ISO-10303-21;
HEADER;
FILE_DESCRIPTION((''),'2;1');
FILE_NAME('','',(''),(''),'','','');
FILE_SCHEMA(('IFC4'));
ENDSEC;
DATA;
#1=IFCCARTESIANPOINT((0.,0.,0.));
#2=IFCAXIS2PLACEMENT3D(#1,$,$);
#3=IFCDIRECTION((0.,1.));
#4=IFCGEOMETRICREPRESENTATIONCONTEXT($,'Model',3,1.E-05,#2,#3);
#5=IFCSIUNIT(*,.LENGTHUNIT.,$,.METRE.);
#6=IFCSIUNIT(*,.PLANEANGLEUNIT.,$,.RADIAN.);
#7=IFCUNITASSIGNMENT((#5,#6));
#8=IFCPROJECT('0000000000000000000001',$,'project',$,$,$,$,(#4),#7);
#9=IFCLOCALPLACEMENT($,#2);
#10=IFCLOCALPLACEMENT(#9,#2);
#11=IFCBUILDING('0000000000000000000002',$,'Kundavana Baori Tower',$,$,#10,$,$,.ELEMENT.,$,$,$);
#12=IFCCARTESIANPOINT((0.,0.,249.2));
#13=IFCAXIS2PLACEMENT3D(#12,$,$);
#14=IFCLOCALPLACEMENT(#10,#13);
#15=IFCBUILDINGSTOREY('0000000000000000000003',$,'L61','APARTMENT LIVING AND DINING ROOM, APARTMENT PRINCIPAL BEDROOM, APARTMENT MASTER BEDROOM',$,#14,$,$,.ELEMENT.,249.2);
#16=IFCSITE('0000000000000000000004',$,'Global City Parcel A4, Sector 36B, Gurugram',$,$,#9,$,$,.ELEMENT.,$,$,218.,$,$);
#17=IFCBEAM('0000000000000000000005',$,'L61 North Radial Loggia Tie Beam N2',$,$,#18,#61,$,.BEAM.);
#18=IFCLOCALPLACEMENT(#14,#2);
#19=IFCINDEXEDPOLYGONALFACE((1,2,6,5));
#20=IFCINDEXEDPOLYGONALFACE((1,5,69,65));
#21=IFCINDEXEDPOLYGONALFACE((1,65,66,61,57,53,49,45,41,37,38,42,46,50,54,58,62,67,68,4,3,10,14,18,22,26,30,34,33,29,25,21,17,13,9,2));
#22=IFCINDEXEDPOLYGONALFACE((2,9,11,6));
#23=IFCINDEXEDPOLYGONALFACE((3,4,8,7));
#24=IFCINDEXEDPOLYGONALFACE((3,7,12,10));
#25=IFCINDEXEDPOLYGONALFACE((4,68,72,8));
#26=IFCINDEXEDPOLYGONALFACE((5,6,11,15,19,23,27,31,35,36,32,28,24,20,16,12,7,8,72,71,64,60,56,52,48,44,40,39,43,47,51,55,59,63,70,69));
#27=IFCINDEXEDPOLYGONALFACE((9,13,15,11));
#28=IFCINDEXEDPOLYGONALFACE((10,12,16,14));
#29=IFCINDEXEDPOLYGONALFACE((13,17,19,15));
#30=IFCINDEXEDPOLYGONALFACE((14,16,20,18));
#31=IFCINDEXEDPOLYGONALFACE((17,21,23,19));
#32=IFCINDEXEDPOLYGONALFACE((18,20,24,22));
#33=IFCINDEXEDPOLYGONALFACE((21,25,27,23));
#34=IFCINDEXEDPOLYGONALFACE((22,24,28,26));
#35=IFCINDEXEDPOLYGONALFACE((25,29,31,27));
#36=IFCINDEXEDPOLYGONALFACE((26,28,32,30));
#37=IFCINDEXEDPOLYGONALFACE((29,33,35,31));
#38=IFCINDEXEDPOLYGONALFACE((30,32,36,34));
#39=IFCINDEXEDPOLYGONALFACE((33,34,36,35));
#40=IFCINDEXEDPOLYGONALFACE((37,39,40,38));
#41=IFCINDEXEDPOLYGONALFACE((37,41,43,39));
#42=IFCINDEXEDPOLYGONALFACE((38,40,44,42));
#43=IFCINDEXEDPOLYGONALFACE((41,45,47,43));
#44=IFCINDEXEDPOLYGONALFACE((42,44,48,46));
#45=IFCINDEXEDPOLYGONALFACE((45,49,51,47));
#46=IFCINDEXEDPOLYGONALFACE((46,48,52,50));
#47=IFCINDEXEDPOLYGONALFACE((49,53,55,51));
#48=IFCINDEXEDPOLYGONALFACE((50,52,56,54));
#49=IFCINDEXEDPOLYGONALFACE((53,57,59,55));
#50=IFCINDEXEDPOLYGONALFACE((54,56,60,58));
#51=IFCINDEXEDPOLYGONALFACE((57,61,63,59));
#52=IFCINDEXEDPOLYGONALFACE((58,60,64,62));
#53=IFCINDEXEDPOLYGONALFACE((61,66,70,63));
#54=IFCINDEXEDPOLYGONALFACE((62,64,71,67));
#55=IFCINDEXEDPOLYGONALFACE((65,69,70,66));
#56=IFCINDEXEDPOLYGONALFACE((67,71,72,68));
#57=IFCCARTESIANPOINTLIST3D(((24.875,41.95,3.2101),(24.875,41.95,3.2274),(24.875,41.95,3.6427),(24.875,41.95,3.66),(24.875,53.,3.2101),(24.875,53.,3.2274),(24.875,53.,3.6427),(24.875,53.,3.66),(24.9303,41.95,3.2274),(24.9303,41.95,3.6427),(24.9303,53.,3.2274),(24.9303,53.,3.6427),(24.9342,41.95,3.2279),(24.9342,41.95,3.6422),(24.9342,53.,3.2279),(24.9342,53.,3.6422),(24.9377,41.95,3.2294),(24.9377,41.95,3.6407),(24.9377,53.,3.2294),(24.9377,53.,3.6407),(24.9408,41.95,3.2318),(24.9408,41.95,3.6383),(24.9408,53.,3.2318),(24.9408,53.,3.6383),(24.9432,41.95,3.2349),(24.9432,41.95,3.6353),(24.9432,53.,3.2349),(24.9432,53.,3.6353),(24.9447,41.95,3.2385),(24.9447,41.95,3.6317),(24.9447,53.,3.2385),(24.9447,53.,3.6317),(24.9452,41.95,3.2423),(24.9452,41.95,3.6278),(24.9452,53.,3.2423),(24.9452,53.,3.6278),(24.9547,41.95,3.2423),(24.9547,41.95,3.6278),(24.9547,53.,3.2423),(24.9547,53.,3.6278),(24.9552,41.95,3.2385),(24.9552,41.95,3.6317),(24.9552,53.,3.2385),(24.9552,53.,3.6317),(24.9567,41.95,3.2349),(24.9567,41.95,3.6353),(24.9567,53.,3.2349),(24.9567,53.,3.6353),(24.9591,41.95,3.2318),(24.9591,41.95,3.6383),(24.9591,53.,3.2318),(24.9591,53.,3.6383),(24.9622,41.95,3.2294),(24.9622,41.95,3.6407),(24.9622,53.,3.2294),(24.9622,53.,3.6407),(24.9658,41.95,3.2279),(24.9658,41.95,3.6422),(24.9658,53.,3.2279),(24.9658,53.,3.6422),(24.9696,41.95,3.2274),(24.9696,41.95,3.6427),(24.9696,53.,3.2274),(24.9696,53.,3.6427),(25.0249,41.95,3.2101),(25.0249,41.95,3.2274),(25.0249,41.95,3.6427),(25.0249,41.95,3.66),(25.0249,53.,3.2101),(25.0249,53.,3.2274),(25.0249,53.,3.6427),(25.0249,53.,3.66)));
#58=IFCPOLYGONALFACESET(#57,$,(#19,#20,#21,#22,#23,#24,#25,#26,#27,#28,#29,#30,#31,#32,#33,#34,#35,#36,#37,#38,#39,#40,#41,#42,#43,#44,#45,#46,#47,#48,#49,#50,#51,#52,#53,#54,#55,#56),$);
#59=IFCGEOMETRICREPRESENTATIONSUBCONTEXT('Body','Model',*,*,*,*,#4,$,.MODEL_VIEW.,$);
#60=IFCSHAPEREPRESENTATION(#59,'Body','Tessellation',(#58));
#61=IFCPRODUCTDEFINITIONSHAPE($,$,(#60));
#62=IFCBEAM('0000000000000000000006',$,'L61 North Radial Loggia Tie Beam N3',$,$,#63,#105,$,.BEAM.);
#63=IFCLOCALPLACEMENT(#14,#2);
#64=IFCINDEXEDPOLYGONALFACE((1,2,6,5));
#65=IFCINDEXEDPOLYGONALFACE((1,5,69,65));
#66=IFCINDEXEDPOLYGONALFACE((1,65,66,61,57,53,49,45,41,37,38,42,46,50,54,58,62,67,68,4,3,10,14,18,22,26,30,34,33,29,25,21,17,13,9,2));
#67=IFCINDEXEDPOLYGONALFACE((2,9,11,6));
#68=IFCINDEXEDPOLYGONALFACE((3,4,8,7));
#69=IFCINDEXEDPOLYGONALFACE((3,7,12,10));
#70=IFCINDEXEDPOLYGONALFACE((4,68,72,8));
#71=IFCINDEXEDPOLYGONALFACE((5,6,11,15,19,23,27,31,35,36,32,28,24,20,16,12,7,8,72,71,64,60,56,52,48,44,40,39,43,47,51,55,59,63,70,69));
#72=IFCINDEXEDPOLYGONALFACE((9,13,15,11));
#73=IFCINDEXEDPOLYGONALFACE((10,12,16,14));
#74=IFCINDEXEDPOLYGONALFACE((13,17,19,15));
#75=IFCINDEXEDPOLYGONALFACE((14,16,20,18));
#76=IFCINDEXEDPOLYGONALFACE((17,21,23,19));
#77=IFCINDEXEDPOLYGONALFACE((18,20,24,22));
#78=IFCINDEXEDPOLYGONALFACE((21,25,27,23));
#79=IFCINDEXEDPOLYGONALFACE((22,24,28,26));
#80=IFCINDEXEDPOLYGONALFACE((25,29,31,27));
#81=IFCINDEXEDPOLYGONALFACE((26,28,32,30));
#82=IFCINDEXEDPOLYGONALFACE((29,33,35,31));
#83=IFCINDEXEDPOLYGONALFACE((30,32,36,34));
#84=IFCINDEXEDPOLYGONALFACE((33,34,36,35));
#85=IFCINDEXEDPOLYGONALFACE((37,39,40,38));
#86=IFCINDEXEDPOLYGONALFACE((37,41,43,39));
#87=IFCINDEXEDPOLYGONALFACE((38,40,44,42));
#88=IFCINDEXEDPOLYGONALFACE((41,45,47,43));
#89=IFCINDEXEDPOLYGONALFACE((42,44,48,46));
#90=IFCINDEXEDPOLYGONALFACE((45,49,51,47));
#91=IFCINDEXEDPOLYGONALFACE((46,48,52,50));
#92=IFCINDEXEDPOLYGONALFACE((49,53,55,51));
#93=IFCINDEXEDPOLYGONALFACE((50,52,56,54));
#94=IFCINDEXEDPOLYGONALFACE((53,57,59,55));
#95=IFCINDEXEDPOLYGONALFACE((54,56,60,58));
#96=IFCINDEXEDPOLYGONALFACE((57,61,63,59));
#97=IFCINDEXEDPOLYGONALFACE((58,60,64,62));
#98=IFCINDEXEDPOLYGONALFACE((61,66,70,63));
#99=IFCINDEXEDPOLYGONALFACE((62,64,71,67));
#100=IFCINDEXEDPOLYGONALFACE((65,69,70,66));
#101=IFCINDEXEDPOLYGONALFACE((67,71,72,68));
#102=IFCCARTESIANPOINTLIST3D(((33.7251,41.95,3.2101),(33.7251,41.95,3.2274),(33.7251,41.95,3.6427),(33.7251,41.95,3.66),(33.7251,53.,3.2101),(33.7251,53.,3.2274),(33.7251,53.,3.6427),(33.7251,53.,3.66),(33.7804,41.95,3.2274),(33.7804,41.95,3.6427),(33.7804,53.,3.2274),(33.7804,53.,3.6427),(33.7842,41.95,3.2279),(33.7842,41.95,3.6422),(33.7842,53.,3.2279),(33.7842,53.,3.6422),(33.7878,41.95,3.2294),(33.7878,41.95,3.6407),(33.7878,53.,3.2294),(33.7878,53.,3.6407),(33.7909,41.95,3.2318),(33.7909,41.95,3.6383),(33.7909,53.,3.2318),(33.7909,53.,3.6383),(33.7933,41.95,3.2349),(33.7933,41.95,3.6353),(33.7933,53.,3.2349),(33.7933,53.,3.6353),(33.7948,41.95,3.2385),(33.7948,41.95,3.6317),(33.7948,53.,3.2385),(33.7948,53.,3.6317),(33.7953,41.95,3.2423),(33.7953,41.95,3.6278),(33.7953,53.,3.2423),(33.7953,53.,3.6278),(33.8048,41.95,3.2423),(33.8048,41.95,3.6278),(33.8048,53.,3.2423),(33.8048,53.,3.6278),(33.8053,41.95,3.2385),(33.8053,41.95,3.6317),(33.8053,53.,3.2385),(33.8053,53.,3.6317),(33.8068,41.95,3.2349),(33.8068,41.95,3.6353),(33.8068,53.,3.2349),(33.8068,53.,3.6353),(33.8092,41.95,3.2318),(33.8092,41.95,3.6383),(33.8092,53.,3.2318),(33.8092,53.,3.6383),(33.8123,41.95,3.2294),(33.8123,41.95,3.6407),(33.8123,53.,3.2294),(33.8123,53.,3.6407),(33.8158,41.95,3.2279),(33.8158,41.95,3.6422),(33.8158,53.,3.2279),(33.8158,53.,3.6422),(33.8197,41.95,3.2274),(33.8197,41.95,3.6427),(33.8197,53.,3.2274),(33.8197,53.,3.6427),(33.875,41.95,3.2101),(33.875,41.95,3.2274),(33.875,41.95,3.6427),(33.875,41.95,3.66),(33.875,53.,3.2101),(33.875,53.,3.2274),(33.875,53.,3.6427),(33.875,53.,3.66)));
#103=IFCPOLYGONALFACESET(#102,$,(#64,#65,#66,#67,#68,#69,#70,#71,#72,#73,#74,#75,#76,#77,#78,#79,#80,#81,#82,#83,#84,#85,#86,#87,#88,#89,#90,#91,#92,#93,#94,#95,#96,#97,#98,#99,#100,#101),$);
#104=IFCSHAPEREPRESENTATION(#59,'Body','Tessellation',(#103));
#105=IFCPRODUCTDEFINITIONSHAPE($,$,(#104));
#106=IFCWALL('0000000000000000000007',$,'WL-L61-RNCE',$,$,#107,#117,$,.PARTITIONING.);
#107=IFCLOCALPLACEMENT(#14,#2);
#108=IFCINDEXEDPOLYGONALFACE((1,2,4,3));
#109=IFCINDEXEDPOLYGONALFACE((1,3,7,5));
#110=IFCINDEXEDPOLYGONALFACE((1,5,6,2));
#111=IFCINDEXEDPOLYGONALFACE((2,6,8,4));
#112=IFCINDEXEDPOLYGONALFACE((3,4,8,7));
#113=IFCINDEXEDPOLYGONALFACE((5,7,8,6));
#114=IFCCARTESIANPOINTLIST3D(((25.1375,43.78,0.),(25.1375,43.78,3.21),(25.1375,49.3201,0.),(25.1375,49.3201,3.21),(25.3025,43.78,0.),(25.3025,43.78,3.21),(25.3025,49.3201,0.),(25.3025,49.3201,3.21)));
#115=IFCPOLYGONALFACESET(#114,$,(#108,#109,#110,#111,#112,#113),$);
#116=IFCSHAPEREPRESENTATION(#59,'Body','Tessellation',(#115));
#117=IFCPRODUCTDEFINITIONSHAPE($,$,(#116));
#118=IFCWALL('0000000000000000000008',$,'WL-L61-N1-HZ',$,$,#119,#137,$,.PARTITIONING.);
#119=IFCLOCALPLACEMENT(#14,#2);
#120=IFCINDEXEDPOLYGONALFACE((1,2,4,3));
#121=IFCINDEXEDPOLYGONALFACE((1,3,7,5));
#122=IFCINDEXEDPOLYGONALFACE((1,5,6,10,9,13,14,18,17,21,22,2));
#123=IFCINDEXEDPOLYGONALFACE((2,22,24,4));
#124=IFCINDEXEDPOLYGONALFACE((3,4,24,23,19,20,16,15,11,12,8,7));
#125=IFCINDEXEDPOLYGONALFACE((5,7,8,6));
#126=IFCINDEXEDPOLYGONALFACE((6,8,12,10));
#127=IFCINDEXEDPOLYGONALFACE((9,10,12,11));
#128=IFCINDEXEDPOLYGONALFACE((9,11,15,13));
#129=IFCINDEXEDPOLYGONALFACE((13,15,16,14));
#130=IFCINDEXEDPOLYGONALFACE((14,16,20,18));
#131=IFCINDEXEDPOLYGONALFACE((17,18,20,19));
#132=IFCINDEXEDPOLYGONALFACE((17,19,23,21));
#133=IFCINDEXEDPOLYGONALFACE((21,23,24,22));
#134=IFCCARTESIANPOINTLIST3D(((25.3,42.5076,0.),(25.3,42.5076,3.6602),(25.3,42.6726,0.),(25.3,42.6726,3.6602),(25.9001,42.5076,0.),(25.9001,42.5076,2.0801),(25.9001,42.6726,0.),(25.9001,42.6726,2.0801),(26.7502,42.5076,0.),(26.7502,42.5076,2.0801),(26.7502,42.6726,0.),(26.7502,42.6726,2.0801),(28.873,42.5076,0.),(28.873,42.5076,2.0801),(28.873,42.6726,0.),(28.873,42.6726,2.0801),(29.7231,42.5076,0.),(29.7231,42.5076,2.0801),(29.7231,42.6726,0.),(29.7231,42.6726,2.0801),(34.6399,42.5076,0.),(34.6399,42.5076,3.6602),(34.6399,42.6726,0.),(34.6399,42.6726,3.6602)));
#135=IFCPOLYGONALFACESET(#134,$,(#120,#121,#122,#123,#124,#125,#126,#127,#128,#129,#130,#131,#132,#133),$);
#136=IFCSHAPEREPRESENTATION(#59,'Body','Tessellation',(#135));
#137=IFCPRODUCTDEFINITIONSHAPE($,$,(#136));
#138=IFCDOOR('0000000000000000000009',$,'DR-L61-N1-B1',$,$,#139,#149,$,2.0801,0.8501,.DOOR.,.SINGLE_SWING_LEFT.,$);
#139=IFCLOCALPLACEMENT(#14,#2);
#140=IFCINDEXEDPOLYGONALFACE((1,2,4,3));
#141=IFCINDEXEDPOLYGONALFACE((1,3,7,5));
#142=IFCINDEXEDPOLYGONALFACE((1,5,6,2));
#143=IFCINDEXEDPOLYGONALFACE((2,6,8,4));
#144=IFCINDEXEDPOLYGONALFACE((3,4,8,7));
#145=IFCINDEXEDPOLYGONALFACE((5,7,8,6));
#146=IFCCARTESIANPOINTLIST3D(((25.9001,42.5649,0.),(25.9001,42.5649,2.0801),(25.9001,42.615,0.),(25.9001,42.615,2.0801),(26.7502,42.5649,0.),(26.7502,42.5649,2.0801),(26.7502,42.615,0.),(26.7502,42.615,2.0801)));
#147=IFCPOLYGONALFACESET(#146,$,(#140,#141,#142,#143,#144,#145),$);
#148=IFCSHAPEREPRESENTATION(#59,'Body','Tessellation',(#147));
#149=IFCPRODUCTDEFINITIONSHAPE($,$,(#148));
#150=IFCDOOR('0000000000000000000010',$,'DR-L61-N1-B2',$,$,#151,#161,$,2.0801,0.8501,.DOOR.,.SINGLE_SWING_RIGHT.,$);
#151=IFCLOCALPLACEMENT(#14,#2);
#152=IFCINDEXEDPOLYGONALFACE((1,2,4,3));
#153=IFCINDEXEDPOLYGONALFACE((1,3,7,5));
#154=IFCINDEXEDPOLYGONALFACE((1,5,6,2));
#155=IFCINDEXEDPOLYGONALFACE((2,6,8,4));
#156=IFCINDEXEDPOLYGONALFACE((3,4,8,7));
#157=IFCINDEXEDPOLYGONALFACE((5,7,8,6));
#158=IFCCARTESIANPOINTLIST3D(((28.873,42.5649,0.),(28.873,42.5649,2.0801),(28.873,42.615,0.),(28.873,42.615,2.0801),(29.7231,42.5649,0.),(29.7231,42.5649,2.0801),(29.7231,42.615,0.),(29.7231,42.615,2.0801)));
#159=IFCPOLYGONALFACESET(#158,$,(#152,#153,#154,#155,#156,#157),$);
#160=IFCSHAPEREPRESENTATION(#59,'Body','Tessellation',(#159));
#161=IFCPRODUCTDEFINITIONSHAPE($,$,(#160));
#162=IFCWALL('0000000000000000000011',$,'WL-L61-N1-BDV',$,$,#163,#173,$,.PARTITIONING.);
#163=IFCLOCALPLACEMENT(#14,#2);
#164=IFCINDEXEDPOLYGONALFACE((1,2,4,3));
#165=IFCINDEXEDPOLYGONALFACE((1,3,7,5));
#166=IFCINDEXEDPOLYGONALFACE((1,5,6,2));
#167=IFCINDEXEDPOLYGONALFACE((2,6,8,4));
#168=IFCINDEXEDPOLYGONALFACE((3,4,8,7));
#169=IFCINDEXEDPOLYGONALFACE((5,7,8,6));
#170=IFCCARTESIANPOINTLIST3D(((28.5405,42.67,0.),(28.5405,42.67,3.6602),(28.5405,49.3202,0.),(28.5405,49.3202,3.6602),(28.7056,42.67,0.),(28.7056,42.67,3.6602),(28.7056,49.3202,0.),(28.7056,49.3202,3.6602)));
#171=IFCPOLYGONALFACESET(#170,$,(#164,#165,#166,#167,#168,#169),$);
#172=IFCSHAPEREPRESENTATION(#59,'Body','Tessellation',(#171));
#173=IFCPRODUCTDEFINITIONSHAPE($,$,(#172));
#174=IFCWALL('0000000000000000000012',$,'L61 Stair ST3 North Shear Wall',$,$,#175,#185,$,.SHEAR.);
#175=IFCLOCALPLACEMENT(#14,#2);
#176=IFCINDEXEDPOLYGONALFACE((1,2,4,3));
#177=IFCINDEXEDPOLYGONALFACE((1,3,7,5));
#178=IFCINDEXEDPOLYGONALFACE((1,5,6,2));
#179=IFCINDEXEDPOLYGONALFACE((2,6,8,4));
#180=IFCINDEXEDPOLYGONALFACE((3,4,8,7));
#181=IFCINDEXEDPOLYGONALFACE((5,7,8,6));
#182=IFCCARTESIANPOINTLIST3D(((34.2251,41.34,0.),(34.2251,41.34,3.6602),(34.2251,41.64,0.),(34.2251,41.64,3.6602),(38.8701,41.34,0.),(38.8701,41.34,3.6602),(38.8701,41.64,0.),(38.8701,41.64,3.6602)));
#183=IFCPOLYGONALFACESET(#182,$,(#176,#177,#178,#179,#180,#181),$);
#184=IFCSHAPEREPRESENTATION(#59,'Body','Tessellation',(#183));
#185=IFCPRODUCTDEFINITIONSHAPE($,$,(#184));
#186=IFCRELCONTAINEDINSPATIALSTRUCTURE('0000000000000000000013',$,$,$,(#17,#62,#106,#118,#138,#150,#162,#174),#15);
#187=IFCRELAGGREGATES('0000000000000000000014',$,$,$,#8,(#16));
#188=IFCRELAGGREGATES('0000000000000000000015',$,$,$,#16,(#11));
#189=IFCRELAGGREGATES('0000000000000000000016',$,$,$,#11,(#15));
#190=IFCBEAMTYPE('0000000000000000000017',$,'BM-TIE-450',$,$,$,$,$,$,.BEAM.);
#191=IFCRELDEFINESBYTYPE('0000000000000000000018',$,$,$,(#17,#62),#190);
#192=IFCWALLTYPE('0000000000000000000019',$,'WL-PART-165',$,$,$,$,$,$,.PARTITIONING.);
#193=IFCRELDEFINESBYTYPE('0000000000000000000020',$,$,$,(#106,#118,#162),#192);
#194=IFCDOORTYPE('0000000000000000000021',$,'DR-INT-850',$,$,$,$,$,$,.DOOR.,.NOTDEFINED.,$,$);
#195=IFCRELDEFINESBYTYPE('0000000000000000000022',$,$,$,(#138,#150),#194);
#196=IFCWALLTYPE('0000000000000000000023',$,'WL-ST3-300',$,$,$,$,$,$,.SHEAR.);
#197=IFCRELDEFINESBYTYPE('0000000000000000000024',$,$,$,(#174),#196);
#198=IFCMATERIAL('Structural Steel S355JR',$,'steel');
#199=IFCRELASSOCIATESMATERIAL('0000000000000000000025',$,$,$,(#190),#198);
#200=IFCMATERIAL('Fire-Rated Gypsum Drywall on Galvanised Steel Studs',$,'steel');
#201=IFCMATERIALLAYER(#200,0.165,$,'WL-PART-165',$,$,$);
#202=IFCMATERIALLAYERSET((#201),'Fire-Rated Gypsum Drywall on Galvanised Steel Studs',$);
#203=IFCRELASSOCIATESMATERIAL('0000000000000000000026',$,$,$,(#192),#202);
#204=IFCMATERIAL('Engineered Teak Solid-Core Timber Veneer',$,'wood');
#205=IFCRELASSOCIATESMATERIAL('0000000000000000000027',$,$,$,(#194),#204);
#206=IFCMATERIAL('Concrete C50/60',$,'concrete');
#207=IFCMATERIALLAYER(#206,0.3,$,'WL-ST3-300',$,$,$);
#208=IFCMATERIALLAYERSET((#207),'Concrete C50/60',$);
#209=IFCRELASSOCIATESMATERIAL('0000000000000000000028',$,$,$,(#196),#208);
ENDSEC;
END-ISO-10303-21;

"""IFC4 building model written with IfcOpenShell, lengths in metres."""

from ifc_helpers import new_model, si_unit, direction, frame, frame_2d, origin, origin_2d, place, context, subcontext, project, spatial, rectangle, i_section, extrude, material, layer, layer_set, material_profile, profile_set, type_object, element, fill, save


model = new_model("IFC4")

# Units and contexts
model_context = context("Model", 3, precision=1e-05, world=origin(), true_north=direction((0.0, 1.0)))
body_context = subcontext(model_context, "Body", "Model", "MODEL_VIEW")
ifc_project = project(units=[si_unit("LENGTHUNIT", "METRE"), si_unit("PLANEANGLEUNIT", "RADIAN")], contexts=[model_context])

# Site, building, storey
site_placement = place(None, origin())
site = spatial("IfcSite", under=ifc_project, at=site_placement, Name="Global City Parcel A4, Sector 36B, Gurugram", CompositionType="ELEMENT", RefElevation=218.0)
building_placement = place(site_placement, origin())
building = spatial("IfcBuilding", under=site, at=building_placement, Name="Kundavana Baori Tower", CompositionType="ELEMENT")
storey_placement = place(building_placement, frame((0.0, 0.0, 249.2)))
storey = spatial("IfcBuildingStorey", under=building, at=storey_placement, Name="L61", Description="APARTMENT LIVING AND DINING ROOM, APARTMENT PRINCIPAL BEDROOM, APARTMENT MASTER BEDROOM", CompositionType="ELEMENT", Elevation=249.2)

# Beams
ifc_material_1 = material(Name="Structural Steel S355JR", Category="steel")
ifc_material_profile_1 = material_profile(ifc_material_1, i_section(OverallWidth=0.1499, OverallDepth=0.45, WebThickness=0.0095, FlangeThickness=0.0173, FilletRadius=0.0149, at=origin_2d()), Name="ISMB 450")
ifc_profile_set_1 = profile_set([ifc_material_profile_1], Name="Structural Steel S355JR")
beam_type_1 = type_object("IfcBeamType", Name="BM-TIE-450", PredefinedType="BEAM", material=ifc_profile_set_1)
for number, where, z_axis, x_axis, name in (
    (1, (24.95, 41.95, 3.4351), (0.0, 1.0, 0.0), (-1.0, 0.0, 0.0), "L61 North Radial Loggia Tie Beam N2"),
    (2, (33.8, 41.95, 3.4351), (0.0, 1.0, 0.0), (-1.0, 0.0, 0.0), "L61 North Radial Loggia Tie Beam N3"),
):
    element("IfcBeam", number, at=place(storey_placement, frame(where, z_axis=z_axis, x_axis=x_axis)), inside=storey, type_object=beam_type_1, Name=name, PredefinedType="BEAM", context=body_context, shape_type="SweptSolid", body=[
        extrude(i_section(OverallWidth=0.1499, OverallDepth=0.45, WebThickness=0.0095, FlangeThickness=0.0173, FilletRadius=0.0149, at=origin_2d()), origin(), (0.0, 0.0, 1.0), 11.05),
    ])

# Wall
ifc_material_2 = material(Name="Fire-Rated Gypsum Drywall on Galvanised Steel Studs", Category="steel")
ifc_layer_1 = layer(ifc_material_2, 0.165, Name="WL-PART-165")
ifc_layer_set_1 = layer_set([ifc_layer_1], Name="Fire-Rated Gypsum Drywall on Galvanised Steel Studs")
wall_type_1 = type_object("IfcWallType", Name="WL-PART-165", PredefinedType="PARTITIONING", material=ifc_layer_set_1)
wall_1_placement = place(storey_placement, frame((25.22, 43.78, 0.0), z_axis=(0.0, 0.0, 1.0), x_axis=(0.0, 1.0, 0.0)))
element("IfcWall", 3, at=wall_1_placement, inside=storey, type_object=wall_type_1, Name="WL-L61-RNCE", PredefinedType="PARTITIONING", context=body_context, shape_type="SweptSolid", body=[
    extrude(rectangle(XDim=5.54, YDim=0.165, at=frame_2d((2.77, 0.0))), origin(), (0.0, 0.0, 1.0), 3.21),
])

# Wall, openings, doors
wall_2_placement = place(storey_placement, frame((25.3, 42.5901, 0.0), z_axis=(0.0, 0.0, 1.0), x_axis=(1.0, 0.0, 0.0)))
wall_2 = element("IfcWall", 4, at=wall_2_placement, inside=storey, type_object=wall_type_1, Name="WL-L61-N1-HZ", PredefinedType="PARTITIONING", context=body_context, shape_type="SweptSolid", body=[
    extrude(rectangle(XDim=9.3398, YDim=0.165, at=frame_2d((4.6699, 0.0))), origin(), (0.0, 0.0, 1.0), 3.6602),
])
opening_1_placement = place(wall_2_placement, frame((0.6001, 0.0, 0.0)))
opening_1 = element("IfcOpeningElement", 5, at=opening_1_placement, cuts=wall_2, PredefinedType="OPENING", context=body_context, shape_type="SweptSolid", body=[
    extrude(rectangle(XDim=0.8501, YDim=2.0801, at=frame_2d((0.425, 1.04))), frame((0.0, 0.0925, 0.0), z_axis=(0.0, -1.0, 0.0), x_axis=(1.0, 0.0, 0.0)), (0.0, 0.0, 1.0), 0.1851),
])
opening_2_placement = place(wall_2_placement, frame((3.573, 0.0, 0.0)))
opening_2 = element("IfcOpeningElement", 6, at=opening_2_placement, cuts=wall_2, PredefinedType="OPENING", context=body_context, shape_type="SweptSolid", body=[
    extrude(rectangle(XDim=0.8501, YDim=2.0801, at=frame_2d((0.425, 1.04))), frame((0.0, 0.0925, 0.0), z_axis=(0.0, -1.0, 0.0), x_axis=(1.0, 0.0, 0.0)), (0.0, 0.0, 1.0), 0.1851),
])
ifc_material_3 = material(Name="Engineered Teak Solid-Core Timber Veneer", Category="wood")
door_type = type_object("IfcDoorType", Name="DR-INT-850", OperationType="NOTDEFINED", PredefinedType="DOOR", material=ifc_material_3)
door_1_placement = place(opening_1_placement, origin())
door_1 = element("IfcDoor", 7, at=door_1_placement, inside=storey, type_object=door_type, Name="DR-L61-N1-B1", OperationType="SINGLE_SWING_LEFT", OverallHeight=2.0801, OverallWidth=0.8501, PredefinedType="DOOR", context=body_context, shape_type="SweptSolid", body=[
    extrude(rectangle(XDim=0.8501, YDim=2.0801, at=frame_2d((0.425, 1.04))), frame((0.0, 0.0249, 0.0), z_axis=(0.0, -1.0, 0.0), x_axis=(1.0, 0.0, 0.0)), (0.0, 0.0, 1.0), 0.05),
])
fill(opening_1, door_1)
door_2_placement = place(opening_2_placement, origin())
door_2 = element("IfcDoor", 8, at=door_2_placement, inside=storey, type_object=door_type, Name="DR-L61-N1-B2", OperationType="SINGLE_SWING_RIGHT", OverallHeight=2.0801, OverallWidth=0.8501, PredefinedType="DOOR", context=body_context, shape_type="SweptSolid", body=[
    extrude(rectangle(XDim=0.8501, YDim=2.0801, at=frame_2d((0.425, 1.04))), frame((0.0, 0.0249, 0.0), z_axis=(0.0, -1.0, 0.0), x_axis=(1.0, 0.0, 0.0)), (0.0, 0.0, 1.0), 0.05),
])
fill(opening_2, door_2)

# Walls
wall_3_placement = place(storey_placement, frame((28.623, 42.6699, 0.0), z_axis=(0.0, 0.0, 1.0), x_axis=(0.0, 1.0, 0.0)))
element("IfcWall", 9, at=wall_3_placement, inside=storey, type_object=wall_type_1, Name="WL-L61-N1-BDV", PredefinedType="PARTITIONING", context=body_context, shape_type="SweptSolid", body=[
    extrude(rectangle(XDim=6.6501, YDim=0.165, at=frame_2d((3.3252, 0.0))), origin(), (0.0, 0.0, 1.0), 3.6602),
])
ifc_material_4 = material(Name="Concrete C50/60", Category="concrete")
ifc_layer_2 = layer(ifc_material_4, 0.3, Name="WL-ST3-300")
ifc_layer_set_2 = layer_set([ifc_layer_2], Name="Concrete C50/60")
wall_type_2 = type_object("IfcWallType", Name="WL-ST3-300", PredefinedType="SHEAR", material=ifc_layer_set_2)
wall_4_placement = place(storey_placement, frame((34.2251, 41.49, 0.0), z_axis=(0.0, 0.0, 1.0), x_axis=(1.0, 0.0, 0.0)))
element("IfcWall", 10, at=wall_4_placement, inside=storey, type_object=wall_type_2, Name="L61 Stair ST3 North Shear Wall", PredefinedType="SHEAR", context=body_context, shape_type="SweptSolid", body=[
    extrude(rectangle(XDim=4.645, YDim=0.3, at=frame_2d((2.3225, 0.0))), origin(), (0.0, 0.0, 1.0), 3.6602),
])

save(model, "model.ifc")
